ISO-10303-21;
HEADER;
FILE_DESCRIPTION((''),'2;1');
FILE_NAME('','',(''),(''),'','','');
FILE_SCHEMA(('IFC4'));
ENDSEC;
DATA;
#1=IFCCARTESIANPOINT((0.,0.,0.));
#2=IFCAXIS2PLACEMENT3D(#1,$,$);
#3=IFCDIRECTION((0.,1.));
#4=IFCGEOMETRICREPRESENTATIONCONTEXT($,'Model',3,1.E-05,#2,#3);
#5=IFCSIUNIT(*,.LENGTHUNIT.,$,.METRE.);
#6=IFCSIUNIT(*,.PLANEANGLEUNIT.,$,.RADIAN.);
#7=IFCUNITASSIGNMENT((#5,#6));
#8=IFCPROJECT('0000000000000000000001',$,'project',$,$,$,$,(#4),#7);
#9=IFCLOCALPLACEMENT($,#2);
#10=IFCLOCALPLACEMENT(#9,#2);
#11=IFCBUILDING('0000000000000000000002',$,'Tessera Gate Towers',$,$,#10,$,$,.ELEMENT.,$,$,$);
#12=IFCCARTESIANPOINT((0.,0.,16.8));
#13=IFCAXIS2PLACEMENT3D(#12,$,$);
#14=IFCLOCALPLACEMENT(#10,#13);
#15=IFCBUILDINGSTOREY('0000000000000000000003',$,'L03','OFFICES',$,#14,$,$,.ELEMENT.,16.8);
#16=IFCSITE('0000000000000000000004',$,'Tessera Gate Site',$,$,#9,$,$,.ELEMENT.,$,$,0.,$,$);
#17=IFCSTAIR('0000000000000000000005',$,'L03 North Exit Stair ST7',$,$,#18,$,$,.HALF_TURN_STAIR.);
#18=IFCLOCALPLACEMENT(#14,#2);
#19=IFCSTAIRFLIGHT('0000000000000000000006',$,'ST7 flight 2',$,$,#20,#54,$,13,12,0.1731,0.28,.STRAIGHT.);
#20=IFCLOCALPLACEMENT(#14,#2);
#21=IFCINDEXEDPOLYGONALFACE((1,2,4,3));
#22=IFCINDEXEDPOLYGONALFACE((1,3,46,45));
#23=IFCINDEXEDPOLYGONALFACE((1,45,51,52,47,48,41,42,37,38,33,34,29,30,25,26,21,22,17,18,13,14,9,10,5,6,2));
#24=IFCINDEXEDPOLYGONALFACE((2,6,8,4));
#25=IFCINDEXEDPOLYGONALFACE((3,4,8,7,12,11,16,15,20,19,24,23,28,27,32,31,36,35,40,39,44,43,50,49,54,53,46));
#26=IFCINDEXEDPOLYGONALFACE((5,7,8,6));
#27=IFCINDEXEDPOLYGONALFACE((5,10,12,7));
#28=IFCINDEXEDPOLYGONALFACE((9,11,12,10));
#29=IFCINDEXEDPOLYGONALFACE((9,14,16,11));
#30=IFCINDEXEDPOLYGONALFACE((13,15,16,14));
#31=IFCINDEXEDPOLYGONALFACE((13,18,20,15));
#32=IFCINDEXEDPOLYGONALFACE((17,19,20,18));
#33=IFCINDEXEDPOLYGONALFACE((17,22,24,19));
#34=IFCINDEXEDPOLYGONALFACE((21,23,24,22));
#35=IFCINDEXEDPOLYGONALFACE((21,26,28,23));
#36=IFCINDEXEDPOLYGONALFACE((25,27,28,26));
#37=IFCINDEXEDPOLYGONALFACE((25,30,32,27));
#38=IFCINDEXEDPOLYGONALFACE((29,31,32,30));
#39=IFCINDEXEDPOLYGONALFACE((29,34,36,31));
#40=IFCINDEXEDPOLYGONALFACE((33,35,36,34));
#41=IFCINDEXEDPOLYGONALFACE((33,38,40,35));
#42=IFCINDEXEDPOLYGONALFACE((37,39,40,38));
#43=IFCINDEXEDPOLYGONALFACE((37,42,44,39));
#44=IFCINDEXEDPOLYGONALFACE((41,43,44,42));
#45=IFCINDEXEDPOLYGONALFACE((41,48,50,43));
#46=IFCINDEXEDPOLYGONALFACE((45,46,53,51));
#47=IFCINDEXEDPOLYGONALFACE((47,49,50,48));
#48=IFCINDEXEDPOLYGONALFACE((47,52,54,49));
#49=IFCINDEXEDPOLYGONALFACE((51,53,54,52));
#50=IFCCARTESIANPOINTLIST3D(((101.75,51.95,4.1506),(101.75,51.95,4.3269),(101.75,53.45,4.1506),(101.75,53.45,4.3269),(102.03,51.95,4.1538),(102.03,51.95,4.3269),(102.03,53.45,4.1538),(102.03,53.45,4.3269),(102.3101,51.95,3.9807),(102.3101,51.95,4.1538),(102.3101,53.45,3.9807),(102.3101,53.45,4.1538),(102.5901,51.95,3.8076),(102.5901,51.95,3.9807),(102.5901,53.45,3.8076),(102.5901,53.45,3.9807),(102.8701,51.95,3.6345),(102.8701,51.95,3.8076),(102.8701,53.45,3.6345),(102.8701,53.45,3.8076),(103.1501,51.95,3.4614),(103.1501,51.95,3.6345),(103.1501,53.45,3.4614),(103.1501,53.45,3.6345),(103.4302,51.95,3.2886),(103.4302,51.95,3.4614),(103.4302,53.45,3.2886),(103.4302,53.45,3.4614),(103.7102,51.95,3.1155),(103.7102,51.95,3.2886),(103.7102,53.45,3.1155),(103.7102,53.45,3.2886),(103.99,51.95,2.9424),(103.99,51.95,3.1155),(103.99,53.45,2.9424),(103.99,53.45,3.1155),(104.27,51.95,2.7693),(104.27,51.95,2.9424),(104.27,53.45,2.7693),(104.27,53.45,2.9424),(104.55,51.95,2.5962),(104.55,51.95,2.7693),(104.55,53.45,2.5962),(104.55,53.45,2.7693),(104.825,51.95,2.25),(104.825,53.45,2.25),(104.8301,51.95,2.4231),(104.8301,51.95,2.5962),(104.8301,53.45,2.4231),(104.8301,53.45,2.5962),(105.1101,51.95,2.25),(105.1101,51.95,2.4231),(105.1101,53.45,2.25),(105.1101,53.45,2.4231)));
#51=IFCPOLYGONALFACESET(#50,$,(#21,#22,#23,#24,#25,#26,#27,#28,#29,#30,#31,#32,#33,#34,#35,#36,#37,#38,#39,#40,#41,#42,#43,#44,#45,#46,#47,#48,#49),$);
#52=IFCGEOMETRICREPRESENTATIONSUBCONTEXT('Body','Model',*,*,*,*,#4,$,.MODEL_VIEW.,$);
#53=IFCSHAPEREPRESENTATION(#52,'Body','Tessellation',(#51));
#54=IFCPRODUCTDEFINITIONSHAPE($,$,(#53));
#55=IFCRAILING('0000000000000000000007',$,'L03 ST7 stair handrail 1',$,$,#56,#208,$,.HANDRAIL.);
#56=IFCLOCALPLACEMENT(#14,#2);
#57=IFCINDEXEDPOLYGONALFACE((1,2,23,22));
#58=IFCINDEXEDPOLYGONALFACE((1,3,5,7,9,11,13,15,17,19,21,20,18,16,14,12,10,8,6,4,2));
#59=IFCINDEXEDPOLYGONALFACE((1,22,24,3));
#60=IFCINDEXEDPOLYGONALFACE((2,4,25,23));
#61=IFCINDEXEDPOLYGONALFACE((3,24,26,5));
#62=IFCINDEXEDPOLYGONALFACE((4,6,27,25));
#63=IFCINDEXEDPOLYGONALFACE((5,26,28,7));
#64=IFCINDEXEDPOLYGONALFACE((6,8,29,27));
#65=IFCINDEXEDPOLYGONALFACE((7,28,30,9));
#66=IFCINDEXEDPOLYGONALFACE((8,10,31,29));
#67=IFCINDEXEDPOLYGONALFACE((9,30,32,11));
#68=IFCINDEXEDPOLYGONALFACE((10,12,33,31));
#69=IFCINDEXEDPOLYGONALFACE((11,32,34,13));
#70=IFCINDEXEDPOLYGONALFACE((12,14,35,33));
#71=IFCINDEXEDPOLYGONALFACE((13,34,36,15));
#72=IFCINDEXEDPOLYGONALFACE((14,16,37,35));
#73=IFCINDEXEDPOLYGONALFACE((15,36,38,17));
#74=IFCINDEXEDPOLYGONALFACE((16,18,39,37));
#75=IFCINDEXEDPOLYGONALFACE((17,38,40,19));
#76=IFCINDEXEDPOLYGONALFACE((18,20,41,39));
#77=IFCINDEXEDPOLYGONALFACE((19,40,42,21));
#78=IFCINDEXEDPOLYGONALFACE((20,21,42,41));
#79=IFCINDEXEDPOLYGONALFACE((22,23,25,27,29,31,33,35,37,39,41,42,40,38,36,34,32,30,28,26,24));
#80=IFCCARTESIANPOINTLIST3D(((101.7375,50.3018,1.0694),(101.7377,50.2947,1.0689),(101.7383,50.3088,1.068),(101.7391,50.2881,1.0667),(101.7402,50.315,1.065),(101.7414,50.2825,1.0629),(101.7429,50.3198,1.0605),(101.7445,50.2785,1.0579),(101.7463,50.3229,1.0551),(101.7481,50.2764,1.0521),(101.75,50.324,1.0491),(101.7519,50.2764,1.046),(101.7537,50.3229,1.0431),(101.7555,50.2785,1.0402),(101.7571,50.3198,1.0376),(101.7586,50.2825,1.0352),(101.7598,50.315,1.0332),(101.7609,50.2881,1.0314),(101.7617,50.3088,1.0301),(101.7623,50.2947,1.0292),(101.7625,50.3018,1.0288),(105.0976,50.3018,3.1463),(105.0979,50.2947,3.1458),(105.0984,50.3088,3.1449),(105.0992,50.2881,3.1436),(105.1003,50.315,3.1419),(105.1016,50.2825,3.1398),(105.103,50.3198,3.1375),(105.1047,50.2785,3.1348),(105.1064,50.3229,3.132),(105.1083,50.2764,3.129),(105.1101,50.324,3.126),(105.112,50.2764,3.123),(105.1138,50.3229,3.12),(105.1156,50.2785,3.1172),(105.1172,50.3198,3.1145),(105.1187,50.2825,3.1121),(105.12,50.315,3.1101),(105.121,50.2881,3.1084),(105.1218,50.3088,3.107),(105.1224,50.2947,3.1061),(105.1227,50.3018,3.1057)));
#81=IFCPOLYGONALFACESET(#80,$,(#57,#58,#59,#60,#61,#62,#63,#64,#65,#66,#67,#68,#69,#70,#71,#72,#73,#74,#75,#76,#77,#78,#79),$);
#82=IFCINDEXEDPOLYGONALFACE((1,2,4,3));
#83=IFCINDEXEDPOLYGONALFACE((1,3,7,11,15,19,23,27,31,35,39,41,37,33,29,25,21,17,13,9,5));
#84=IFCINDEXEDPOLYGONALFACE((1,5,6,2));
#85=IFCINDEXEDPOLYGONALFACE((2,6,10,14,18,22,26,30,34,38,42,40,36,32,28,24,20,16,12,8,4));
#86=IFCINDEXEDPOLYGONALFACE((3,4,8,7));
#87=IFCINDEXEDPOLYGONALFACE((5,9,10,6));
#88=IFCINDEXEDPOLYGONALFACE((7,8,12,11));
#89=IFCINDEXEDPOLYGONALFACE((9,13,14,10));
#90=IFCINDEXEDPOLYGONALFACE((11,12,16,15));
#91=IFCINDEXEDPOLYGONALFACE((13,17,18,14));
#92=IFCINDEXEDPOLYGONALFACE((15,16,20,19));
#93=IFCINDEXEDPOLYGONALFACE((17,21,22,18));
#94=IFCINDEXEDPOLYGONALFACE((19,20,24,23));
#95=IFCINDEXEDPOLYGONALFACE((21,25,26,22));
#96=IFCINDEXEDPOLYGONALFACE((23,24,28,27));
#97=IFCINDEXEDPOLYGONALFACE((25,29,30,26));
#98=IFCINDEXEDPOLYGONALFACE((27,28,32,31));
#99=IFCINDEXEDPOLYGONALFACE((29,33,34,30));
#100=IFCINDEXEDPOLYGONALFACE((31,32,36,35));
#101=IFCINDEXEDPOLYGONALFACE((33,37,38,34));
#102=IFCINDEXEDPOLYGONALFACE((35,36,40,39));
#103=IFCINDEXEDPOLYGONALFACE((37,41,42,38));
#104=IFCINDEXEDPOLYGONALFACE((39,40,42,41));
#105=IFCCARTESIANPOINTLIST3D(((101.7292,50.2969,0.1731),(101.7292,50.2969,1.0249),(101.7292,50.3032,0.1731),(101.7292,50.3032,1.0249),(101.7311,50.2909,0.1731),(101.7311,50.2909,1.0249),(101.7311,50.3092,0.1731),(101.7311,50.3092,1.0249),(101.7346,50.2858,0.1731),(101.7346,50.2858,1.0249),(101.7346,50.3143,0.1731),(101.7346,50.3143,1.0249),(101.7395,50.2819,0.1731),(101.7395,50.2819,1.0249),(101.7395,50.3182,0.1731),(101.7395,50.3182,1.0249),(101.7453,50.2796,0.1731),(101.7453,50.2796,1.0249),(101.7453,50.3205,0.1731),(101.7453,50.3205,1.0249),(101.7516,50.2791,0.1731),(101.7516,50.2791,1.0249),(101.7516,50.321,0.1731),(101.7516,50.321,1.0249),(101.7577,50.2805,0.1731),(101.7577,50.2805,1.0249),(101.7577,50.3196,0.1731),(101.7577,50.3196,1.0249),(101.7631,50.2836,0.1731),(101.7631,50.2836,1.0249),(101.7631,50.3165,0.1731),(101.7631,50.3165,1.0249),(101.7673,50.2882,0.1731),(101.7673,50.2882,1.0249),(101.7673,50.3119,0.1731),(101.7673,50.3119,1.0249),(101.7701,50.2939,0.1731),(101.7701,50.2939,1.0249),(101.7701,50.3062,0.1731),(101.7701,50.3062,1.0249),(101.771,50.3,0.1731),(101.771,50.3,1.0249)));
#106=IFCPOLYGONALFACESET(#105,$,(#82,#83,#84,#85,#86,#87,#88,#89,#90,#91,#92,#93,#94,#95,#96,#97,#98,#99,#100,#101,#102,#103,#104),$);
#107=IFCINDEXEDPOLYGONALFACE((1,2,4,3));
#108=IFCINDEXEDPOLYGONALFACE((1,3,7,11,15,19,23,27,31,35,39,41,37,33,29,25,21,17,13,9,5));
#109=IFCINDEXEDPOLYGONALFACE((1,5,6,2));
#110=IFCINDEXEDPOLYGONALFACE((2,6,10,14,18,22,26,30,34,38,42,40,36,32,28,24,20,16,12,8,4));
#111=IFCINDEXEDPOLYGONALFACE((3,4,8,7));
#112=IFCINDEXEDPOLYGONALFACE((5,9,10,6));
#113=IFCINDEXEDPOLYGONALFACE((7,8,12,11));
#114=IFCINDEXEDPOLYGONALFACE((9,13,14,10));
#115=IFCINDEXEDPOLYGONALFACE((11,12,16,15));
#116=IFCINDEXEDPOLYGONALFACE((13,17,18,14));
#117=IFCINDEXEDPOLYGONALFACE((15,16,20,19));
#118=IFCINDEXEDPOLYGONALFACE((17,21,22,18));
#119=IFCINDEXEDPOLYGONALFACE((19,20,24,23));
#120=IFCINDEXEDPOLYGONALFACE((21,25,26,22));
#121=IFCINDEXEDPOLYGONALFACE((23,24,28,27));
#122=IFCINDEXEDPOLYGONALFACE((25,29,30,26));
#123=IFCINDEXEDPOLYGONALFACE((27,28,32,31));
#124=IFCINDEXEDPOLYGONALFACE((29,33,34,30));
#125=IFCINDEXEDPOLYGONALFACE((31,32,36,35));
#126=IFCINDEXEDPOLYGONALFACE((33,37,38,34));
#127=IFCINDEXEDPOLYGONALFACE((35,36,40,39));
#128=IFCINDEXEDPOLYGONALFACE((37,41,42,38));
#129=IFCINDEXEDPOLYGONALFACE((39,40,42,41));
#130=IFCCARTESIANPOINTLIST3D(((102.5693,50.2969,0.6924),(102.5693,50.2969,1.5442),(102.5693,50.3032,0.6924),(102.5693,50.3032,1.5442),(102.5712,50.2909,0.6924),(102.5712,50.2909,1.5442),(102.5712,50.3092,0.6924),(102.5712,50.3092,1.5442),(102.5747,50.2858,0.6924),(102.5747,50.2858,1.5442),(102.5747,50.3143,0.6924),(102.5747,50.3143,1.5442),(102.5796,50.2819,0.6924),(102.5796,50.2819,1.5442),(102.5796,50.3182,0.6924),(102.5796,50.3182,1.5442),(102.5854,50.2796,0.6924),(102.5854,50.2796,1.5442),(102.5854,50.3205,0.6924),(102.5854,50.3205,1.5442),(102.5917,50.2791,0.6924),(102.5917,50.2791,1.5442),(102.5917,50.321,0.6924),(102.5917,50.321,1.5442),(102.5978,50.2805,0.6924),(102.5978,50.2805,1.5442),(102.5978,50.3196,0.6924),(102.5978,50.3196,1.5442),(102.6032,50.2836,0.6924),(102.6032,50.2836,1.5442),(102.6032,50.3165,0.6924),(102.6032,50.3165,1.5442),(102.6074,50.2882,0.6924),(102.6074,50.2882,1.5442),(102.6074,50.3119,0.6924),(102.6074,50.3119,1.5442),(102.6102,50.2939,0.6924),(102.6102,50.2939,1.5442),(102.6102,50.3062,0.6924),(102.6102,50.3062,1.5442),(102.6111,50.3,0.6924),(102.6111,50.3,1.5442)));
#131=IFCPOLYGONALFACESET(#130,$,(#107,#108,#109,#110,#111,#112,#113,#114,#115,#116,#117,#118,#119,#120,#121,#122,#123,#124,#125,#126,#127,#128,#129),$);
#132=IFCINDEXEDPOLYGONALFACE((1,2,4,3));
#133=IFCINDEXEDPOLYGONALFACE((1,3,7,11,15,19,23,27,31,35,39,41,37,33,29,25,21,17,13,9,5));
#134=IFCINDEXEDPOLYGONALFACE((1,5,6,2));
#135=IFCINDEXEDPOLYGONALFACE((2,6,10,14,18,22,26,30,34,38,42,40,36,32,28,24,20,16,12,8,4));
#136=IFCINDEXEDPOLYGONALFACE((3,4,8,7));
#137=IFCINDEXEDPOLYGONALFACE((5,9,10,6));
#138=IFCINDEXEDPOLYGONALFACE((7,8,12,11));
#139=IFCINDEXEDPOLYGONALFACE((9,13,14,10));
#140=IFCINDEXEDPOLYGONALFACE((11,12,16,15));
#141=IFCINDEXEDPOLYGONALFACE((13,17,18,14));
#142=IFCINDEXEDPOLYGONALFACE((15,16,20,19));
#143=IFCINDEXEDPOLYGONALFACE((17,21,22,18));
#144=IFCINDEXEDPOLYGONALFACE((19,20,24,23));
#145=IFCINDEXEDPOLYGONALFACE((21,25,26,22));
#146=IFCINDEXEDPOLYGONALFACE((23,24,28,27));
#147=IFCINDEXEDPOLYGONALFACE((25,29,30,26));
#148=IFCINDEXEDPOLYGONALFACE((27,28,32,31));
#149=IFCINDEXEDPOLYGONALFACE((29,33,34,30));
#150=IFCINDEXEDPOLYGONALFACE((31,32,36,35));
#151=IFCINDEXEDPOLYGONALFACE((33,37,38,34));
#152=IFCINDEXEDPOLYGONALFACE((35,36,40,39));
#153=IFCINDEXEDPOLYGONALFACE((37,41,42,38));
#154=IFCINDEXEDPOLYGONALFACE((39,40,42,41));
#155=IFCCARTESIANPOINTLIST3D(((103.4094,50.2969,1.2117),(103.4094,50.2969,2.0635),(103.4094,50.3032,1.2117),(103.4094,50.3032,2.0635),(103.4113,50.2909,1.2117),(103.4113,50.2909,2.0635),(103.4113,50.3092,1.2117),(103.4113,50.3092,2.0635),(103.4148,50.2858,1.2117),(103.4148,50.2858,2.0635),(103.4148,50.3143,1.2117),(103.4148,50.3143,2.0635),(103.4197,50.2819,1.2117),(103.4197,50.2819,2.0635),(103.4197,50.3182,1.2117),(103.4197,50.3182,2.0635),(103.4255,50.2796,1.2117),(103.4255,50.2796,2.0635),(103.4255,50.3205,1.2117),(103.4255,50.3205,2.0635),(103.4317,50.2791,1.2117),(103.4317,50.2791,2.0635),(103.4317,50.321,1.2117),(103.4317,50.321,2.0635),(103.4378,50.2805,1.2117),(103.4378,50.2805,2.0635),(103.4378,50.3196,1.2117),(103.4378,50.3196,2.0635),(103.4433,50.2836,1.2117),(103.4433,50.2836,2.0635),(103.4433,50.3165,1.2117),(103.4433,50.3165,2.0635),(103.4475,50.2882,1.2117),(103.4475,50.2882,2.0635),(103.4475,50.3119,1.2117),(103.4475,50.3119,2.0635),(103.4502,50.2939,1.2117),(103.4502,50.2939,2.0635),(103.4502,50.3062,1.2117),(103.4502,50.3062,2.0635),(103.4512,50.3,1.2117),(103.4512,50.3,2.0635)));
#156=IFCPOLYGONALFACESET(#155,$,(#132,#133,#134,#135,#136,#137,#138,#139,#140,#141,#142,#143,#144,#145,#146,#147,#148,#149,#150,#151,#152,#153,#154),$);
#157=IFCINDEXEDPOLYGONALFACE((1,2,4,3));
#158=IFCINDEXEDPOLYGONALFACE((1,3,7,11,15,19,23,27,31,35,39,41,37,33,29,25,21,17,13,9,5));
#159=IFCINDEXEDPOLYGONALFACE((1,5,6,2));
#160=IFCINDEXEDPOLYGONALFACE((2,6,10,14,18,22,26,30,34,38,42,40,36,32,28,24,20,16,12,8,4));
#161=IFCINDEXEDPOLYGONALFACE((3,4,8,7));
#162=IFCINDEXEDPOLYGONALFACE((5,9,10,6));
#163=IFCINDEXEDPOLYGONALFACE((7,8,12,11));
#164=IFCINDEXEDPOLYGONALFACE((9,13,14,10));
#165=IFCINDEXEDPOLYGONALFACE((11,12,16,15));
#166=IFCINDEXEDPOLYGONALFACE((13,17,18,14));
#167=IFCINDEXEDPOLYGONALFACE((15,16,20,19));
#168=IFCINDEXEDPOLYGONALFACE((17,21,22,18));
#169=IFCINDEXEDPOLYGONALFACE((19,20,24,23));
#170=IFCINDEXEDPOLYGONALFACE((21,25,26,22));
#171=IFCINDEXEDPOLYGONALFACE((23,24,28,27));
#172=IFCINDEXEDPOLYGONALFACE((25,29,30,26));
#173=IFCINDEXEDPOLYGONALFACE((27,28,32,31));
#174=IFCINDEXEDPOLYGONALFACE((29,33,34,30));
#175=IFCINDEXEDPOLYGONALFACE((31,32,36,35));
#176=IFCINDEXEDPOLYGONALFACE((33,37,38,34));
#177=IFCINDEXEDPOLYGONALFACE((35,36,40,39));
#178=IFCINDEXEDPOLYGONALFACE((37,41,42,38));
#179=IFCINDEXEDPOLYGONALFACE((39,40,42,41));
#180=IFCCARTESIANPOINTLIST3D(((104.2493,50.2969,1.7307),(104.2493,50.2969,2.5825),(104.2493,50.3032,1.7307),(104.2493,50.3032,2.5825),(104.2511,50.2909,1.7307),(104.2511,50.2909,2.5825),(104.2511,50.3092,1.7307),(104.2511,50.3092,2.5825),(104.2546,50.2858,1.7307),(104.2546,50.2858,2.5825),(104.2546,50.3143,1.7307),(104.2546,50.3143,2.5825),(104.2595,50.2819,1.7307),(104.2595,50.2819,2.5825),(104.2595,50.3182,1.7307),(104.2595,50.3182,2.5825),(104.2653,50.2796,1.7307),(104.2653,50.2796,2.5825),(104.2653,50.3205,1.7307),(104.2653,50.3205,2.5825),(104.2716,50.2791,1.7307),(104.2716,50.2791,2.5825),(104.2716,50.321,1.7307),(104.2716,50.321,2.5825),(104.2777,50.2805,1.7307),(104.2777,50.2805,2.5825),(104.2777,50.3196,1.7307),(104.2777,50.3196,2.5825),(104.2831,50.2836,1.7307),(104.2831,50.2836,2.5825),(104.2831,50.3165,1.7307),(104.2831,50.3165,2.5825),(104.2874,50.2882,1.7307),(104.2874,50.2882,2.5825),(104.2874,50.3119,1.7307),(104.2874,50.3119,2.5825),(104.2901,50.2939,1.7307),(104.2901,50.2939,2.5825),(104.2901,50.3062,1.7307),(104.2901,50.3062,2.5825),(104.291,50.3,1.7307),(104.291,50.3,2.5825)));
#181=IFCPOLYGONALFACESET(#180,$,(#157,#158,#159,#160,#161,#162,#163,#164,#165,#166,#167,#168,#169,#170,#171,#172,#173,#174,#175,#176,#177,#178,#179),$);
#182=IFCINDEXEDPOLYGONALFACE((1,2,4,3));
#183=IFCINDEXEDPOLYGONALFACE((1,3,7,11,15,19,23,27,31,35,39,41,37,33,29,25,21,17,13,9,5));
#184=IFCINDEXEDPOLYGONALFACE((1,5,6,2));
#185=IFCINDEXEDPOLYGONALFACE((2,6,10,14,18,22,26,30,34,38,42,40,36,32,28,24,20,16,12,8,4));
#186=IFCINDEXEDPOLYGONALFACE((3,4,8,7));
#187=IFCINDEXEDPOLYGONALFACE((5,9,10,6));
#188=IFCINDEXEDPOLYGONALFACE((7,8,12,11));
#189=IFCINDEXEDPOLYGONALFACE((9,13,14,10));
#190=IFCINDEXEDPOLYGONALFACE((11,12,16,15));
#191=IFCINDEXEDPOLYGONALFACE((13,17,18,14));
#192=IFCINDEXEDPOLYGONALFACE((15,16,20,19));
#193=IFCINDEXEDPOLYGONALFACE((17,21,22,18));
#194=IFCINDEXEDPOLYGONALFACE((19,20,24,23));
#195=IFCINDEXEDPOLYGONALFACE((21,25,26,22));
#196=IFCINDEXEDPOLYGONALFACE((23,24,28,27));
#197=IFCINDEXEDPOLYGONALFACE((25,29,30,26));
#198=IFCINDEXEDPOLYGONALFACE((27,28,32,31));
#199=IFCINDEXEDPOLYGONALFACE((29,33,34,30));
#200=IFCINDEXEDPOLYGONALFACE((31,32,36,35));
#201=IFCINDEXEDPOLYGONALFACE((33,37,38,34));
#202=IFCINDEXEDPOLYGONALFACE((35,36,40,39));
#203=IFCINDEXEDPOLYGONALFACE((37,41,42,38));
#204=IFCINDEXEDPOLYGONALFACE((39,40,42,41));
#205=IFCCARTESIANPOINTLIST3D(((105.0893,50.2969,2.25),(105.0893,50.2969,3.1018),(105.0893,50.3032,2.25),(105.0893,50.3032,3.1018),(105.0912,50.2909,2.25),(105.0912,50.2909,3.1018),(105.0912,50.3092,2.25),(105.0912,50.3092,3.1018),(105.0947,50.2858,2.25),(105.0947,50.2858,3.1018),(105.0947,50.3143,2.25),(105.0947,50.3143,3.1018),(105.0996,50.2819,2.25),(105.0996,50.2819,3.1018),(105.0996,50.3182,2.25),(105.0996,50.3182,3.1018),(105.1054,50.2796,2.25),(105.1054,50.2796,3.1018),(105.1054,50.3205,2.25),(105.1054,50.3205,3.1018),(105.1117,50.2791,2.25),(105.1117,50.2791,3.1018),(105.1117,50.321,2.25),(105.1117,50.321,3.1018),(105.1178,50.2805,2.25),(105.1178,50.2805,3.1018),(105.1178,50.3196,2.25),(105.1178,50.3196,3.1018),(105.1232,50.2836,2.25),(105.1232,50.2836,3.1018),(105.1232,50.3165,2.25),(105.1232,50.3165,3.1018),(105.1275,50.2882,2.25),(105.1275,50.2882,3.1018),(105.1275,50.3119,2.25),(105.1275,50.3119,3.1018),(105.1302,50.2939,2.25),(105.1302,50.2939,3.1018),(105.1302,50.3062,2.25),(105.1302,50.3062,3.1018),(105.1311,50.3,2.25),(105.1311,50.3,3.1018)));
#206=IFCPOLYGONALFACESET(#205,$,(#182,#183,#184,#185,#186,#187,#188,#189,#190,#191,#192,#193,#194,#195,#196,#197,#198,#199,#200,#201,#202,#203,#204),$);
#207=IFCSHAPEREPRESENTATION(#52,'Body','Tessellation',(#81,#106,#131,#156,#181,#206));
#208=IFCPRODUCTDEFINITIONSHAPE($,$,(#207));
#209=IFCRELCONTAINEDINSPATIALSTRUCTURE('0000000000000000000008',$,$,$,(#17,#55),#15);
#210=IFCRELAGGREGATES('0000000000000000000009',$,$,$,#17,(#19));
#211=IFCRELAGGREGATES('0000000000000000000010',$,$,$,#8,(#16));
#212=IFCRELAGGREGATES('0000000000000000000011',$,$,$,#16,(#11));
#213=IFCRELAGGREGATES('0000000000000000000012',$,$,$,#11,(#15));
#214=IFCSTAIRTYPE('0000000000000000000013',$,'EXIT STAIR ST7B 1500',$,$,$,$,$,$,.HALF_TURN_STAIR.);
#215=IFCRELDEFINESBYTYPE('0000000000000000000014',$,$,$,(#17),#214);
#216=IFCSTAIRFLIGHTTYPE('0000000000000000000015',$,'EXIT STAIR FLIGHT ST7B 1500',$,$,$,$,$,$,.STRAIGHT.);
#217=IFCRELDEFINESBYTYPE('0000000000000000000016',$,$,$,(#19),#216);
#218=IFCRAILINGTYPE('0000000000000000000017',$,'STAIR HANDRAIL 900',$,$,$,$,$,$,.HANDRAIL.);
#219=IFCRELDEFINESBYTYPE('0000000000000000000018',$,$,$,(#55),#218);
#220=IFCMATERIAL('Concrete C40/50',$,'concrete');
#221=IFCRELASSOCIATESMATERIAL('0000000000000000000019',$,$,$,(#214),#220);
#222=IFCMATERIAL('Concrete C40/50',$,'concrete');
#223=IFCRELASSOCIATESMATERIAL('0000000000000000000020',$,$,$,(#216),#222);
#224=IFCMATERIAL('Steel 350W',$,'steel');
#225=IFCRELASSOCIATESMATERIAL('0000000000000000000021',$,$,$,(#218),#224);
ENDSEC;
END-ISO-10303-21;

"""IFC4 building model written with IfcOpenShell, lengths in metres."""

from ifc_helpers import new_model, si_unit, direction, frame, origin, origin_2d, place, context, subcontext, project, spatial, polyline, circle, outline, extrude, material, type_object, element, aggregate, save


model = new_model("IFC4")

# Units and contexts
model_context = context("Model", 3, precision=1e-05, world=origin(), true_north=direction((0.0, 1.0)))
body_context = subcontext(model_context, "Body", "Model", "MODEL_VIEW")
ifc_project = project(units=[si_unit("LENGTHUNIT", "METRE"), si_unit("PLANEANGLEUNIT", "RADIAN")], contexts=[model_context])

# Site, building, storey
site_placement = place(None, origin())
site = spatial("IfcSite", under=ifc_project, at=site_placement, Name="Tessera Gate Site", CompositionType="ELEMENT", RefElevation=0.0)
building_placement = place(site_placement, origin())
building = spatial("IfcBuilding", under=site, at=building_placement, Name="Tessera Gate Towers", CompositionType="ELEMENT")
storey_placement = place(building_placement, frame((0.0, 0.0, 16.8)))
storey = spatial("IfcBuildingStorey", under=building, at=storey_placement, Name="L03", Description="OFFICES", CompositionType="ELEMENT", Elevation=16.8)

# Stair, stair flight
ifc_material_1 = material(Name="Concrete C40/50", Category="concrete")
stair_type = type_object("IfcStairType", Name="EXIT STAIR ST7B 1500", PredefinedType="HALF_TURN_STAIR", material=ifc_material_1)
stair_placement = place(storey_placement, origin())
stair = element("IfcStair", 1, at=stair_placement, inside=storey, type_object=stair_type, Name="L03 North Exit Stair ST7", PredefinedType="HALF_TURN_STAIR")
ifc_material_2 = material(Name="Concrete C40/50", Category="concrete")
stair_flight_type = type_object("IfcStairFlightType", Name="EXIT STAIR FLIGHT ST7B 1500", PredefinedType="STRAIGHT", material=ifc_material_2)
stair_flight_1_placement = place(storey_placement, frame((105.1101, 52.7, 2.25), z_axis=(0.0, 0.0, 1.0), x_axis=(-1.0, 0.0, 0.0)))
stair_flight_1 = element("IfcStairFlight", 2, at=stair_flight_1_placement, type_object=stair_flight_type, Name="ST7 flight 2", NumberOfRisers=13, NumberOfTreads=12, PredefinedType="STRAIGHT", RiserHeight=0.1731, TreadLength=0.28, context=body_context, shape_type="SweptSolid", body=[
    extrude(outline(polyline([(0.0, 0.0), (0.0, 0.1731), (0.28, 0.1731), (0.28, 0.3462), (0.5601, 0.3462), (0.5601, 0.5193), (0.8401, 0.5193), (0.8401, 0.6924), (1.1201, 0.6924), (1.1201, 0.8655), (1.3999, 0.8655), (1.3999, 1.0386), (1.6799, 1.0386), (1.6799, 1.2114), (1.96, 1.2114), (1.96, 1.3845), (2.24, 1.3845), (2.24, 1.5576), (2.52, 1.5576), (2.52, 1.7307), (2.8, 1.7307), (2.8, 1.9038), (3.0801, 1.9038), (3.0801, 2.0769), (3.3601, 2.0769), (3.3601, 2.25), (3.3601, 1.9006), (0.2852, 0.0), (0.0, 0.0)])), frame((0.0, 0.75, 0.0), z_axis=(0.0, -1.0, 0.0), x_axis=(1.0, 0.0, 0.0)), (0.0, 0.0, 1.0), 1.5),
])
aggregate(stair, [stair_flight_1])

# Railing
ifc_material_3 = material(Name="Steel 350W", Category="steel")
railing_type_1 = type_object("IfcRailingType", Name="STAIR HANDRAIL 900", PredefinedType="HANDRAIL", material=ifc_material_3)
railing_1_placement = place(storey_placement, frame((101.75, 50.3, 0.1731)))
element("IfcRailing", 3, at=railing_1_placement, inside=storey, type_object=railing_type_1, Name="L03 ST7 stair handrail 1", PredefinedType="HANDRAIL", context=body_context, shape_type="SweptSolid", body=[
    extrude(circle(Radius=0.0239, at=origin_2d()), frame((0.0, 0.0, 0.876), z_axis=(0.850623, 0.0, 0.525776), x_axis=(0.0, 1.0, 0.0)), (0.0, 0.0, 1.0), 3.9502),
    extrude(circle(Radius=0.021, at=origin_2d()), origin(), (0.0, 0.0, 1.0), 0.8518),
    extrude(circle(Radius=0.021, at=origin_2d()), frame((0.8401, 0.0, 0.5193)), (0.0, 0.0, 1.0), 0.8518),
    extrude(circle(Radius=0.021, at=origin_2d()), frame((1.6802, 0.0, 1.0386)), (0.0, 0.0, 1.0), 0.8518),
    extrude(circle(Radius=0.021, at=origin_2d()), frame((2.52, 0.0, 1.5576)), (0.0, 0.0, 1.0), 0.8518),
    extrude(circle(Radius=0.021, at=origin_2d()), frame((3.3601, 0.0, 2.0769)), (0.0, 0.0, 1.0), 0.8518),
])

save(model, "model.ifc")
